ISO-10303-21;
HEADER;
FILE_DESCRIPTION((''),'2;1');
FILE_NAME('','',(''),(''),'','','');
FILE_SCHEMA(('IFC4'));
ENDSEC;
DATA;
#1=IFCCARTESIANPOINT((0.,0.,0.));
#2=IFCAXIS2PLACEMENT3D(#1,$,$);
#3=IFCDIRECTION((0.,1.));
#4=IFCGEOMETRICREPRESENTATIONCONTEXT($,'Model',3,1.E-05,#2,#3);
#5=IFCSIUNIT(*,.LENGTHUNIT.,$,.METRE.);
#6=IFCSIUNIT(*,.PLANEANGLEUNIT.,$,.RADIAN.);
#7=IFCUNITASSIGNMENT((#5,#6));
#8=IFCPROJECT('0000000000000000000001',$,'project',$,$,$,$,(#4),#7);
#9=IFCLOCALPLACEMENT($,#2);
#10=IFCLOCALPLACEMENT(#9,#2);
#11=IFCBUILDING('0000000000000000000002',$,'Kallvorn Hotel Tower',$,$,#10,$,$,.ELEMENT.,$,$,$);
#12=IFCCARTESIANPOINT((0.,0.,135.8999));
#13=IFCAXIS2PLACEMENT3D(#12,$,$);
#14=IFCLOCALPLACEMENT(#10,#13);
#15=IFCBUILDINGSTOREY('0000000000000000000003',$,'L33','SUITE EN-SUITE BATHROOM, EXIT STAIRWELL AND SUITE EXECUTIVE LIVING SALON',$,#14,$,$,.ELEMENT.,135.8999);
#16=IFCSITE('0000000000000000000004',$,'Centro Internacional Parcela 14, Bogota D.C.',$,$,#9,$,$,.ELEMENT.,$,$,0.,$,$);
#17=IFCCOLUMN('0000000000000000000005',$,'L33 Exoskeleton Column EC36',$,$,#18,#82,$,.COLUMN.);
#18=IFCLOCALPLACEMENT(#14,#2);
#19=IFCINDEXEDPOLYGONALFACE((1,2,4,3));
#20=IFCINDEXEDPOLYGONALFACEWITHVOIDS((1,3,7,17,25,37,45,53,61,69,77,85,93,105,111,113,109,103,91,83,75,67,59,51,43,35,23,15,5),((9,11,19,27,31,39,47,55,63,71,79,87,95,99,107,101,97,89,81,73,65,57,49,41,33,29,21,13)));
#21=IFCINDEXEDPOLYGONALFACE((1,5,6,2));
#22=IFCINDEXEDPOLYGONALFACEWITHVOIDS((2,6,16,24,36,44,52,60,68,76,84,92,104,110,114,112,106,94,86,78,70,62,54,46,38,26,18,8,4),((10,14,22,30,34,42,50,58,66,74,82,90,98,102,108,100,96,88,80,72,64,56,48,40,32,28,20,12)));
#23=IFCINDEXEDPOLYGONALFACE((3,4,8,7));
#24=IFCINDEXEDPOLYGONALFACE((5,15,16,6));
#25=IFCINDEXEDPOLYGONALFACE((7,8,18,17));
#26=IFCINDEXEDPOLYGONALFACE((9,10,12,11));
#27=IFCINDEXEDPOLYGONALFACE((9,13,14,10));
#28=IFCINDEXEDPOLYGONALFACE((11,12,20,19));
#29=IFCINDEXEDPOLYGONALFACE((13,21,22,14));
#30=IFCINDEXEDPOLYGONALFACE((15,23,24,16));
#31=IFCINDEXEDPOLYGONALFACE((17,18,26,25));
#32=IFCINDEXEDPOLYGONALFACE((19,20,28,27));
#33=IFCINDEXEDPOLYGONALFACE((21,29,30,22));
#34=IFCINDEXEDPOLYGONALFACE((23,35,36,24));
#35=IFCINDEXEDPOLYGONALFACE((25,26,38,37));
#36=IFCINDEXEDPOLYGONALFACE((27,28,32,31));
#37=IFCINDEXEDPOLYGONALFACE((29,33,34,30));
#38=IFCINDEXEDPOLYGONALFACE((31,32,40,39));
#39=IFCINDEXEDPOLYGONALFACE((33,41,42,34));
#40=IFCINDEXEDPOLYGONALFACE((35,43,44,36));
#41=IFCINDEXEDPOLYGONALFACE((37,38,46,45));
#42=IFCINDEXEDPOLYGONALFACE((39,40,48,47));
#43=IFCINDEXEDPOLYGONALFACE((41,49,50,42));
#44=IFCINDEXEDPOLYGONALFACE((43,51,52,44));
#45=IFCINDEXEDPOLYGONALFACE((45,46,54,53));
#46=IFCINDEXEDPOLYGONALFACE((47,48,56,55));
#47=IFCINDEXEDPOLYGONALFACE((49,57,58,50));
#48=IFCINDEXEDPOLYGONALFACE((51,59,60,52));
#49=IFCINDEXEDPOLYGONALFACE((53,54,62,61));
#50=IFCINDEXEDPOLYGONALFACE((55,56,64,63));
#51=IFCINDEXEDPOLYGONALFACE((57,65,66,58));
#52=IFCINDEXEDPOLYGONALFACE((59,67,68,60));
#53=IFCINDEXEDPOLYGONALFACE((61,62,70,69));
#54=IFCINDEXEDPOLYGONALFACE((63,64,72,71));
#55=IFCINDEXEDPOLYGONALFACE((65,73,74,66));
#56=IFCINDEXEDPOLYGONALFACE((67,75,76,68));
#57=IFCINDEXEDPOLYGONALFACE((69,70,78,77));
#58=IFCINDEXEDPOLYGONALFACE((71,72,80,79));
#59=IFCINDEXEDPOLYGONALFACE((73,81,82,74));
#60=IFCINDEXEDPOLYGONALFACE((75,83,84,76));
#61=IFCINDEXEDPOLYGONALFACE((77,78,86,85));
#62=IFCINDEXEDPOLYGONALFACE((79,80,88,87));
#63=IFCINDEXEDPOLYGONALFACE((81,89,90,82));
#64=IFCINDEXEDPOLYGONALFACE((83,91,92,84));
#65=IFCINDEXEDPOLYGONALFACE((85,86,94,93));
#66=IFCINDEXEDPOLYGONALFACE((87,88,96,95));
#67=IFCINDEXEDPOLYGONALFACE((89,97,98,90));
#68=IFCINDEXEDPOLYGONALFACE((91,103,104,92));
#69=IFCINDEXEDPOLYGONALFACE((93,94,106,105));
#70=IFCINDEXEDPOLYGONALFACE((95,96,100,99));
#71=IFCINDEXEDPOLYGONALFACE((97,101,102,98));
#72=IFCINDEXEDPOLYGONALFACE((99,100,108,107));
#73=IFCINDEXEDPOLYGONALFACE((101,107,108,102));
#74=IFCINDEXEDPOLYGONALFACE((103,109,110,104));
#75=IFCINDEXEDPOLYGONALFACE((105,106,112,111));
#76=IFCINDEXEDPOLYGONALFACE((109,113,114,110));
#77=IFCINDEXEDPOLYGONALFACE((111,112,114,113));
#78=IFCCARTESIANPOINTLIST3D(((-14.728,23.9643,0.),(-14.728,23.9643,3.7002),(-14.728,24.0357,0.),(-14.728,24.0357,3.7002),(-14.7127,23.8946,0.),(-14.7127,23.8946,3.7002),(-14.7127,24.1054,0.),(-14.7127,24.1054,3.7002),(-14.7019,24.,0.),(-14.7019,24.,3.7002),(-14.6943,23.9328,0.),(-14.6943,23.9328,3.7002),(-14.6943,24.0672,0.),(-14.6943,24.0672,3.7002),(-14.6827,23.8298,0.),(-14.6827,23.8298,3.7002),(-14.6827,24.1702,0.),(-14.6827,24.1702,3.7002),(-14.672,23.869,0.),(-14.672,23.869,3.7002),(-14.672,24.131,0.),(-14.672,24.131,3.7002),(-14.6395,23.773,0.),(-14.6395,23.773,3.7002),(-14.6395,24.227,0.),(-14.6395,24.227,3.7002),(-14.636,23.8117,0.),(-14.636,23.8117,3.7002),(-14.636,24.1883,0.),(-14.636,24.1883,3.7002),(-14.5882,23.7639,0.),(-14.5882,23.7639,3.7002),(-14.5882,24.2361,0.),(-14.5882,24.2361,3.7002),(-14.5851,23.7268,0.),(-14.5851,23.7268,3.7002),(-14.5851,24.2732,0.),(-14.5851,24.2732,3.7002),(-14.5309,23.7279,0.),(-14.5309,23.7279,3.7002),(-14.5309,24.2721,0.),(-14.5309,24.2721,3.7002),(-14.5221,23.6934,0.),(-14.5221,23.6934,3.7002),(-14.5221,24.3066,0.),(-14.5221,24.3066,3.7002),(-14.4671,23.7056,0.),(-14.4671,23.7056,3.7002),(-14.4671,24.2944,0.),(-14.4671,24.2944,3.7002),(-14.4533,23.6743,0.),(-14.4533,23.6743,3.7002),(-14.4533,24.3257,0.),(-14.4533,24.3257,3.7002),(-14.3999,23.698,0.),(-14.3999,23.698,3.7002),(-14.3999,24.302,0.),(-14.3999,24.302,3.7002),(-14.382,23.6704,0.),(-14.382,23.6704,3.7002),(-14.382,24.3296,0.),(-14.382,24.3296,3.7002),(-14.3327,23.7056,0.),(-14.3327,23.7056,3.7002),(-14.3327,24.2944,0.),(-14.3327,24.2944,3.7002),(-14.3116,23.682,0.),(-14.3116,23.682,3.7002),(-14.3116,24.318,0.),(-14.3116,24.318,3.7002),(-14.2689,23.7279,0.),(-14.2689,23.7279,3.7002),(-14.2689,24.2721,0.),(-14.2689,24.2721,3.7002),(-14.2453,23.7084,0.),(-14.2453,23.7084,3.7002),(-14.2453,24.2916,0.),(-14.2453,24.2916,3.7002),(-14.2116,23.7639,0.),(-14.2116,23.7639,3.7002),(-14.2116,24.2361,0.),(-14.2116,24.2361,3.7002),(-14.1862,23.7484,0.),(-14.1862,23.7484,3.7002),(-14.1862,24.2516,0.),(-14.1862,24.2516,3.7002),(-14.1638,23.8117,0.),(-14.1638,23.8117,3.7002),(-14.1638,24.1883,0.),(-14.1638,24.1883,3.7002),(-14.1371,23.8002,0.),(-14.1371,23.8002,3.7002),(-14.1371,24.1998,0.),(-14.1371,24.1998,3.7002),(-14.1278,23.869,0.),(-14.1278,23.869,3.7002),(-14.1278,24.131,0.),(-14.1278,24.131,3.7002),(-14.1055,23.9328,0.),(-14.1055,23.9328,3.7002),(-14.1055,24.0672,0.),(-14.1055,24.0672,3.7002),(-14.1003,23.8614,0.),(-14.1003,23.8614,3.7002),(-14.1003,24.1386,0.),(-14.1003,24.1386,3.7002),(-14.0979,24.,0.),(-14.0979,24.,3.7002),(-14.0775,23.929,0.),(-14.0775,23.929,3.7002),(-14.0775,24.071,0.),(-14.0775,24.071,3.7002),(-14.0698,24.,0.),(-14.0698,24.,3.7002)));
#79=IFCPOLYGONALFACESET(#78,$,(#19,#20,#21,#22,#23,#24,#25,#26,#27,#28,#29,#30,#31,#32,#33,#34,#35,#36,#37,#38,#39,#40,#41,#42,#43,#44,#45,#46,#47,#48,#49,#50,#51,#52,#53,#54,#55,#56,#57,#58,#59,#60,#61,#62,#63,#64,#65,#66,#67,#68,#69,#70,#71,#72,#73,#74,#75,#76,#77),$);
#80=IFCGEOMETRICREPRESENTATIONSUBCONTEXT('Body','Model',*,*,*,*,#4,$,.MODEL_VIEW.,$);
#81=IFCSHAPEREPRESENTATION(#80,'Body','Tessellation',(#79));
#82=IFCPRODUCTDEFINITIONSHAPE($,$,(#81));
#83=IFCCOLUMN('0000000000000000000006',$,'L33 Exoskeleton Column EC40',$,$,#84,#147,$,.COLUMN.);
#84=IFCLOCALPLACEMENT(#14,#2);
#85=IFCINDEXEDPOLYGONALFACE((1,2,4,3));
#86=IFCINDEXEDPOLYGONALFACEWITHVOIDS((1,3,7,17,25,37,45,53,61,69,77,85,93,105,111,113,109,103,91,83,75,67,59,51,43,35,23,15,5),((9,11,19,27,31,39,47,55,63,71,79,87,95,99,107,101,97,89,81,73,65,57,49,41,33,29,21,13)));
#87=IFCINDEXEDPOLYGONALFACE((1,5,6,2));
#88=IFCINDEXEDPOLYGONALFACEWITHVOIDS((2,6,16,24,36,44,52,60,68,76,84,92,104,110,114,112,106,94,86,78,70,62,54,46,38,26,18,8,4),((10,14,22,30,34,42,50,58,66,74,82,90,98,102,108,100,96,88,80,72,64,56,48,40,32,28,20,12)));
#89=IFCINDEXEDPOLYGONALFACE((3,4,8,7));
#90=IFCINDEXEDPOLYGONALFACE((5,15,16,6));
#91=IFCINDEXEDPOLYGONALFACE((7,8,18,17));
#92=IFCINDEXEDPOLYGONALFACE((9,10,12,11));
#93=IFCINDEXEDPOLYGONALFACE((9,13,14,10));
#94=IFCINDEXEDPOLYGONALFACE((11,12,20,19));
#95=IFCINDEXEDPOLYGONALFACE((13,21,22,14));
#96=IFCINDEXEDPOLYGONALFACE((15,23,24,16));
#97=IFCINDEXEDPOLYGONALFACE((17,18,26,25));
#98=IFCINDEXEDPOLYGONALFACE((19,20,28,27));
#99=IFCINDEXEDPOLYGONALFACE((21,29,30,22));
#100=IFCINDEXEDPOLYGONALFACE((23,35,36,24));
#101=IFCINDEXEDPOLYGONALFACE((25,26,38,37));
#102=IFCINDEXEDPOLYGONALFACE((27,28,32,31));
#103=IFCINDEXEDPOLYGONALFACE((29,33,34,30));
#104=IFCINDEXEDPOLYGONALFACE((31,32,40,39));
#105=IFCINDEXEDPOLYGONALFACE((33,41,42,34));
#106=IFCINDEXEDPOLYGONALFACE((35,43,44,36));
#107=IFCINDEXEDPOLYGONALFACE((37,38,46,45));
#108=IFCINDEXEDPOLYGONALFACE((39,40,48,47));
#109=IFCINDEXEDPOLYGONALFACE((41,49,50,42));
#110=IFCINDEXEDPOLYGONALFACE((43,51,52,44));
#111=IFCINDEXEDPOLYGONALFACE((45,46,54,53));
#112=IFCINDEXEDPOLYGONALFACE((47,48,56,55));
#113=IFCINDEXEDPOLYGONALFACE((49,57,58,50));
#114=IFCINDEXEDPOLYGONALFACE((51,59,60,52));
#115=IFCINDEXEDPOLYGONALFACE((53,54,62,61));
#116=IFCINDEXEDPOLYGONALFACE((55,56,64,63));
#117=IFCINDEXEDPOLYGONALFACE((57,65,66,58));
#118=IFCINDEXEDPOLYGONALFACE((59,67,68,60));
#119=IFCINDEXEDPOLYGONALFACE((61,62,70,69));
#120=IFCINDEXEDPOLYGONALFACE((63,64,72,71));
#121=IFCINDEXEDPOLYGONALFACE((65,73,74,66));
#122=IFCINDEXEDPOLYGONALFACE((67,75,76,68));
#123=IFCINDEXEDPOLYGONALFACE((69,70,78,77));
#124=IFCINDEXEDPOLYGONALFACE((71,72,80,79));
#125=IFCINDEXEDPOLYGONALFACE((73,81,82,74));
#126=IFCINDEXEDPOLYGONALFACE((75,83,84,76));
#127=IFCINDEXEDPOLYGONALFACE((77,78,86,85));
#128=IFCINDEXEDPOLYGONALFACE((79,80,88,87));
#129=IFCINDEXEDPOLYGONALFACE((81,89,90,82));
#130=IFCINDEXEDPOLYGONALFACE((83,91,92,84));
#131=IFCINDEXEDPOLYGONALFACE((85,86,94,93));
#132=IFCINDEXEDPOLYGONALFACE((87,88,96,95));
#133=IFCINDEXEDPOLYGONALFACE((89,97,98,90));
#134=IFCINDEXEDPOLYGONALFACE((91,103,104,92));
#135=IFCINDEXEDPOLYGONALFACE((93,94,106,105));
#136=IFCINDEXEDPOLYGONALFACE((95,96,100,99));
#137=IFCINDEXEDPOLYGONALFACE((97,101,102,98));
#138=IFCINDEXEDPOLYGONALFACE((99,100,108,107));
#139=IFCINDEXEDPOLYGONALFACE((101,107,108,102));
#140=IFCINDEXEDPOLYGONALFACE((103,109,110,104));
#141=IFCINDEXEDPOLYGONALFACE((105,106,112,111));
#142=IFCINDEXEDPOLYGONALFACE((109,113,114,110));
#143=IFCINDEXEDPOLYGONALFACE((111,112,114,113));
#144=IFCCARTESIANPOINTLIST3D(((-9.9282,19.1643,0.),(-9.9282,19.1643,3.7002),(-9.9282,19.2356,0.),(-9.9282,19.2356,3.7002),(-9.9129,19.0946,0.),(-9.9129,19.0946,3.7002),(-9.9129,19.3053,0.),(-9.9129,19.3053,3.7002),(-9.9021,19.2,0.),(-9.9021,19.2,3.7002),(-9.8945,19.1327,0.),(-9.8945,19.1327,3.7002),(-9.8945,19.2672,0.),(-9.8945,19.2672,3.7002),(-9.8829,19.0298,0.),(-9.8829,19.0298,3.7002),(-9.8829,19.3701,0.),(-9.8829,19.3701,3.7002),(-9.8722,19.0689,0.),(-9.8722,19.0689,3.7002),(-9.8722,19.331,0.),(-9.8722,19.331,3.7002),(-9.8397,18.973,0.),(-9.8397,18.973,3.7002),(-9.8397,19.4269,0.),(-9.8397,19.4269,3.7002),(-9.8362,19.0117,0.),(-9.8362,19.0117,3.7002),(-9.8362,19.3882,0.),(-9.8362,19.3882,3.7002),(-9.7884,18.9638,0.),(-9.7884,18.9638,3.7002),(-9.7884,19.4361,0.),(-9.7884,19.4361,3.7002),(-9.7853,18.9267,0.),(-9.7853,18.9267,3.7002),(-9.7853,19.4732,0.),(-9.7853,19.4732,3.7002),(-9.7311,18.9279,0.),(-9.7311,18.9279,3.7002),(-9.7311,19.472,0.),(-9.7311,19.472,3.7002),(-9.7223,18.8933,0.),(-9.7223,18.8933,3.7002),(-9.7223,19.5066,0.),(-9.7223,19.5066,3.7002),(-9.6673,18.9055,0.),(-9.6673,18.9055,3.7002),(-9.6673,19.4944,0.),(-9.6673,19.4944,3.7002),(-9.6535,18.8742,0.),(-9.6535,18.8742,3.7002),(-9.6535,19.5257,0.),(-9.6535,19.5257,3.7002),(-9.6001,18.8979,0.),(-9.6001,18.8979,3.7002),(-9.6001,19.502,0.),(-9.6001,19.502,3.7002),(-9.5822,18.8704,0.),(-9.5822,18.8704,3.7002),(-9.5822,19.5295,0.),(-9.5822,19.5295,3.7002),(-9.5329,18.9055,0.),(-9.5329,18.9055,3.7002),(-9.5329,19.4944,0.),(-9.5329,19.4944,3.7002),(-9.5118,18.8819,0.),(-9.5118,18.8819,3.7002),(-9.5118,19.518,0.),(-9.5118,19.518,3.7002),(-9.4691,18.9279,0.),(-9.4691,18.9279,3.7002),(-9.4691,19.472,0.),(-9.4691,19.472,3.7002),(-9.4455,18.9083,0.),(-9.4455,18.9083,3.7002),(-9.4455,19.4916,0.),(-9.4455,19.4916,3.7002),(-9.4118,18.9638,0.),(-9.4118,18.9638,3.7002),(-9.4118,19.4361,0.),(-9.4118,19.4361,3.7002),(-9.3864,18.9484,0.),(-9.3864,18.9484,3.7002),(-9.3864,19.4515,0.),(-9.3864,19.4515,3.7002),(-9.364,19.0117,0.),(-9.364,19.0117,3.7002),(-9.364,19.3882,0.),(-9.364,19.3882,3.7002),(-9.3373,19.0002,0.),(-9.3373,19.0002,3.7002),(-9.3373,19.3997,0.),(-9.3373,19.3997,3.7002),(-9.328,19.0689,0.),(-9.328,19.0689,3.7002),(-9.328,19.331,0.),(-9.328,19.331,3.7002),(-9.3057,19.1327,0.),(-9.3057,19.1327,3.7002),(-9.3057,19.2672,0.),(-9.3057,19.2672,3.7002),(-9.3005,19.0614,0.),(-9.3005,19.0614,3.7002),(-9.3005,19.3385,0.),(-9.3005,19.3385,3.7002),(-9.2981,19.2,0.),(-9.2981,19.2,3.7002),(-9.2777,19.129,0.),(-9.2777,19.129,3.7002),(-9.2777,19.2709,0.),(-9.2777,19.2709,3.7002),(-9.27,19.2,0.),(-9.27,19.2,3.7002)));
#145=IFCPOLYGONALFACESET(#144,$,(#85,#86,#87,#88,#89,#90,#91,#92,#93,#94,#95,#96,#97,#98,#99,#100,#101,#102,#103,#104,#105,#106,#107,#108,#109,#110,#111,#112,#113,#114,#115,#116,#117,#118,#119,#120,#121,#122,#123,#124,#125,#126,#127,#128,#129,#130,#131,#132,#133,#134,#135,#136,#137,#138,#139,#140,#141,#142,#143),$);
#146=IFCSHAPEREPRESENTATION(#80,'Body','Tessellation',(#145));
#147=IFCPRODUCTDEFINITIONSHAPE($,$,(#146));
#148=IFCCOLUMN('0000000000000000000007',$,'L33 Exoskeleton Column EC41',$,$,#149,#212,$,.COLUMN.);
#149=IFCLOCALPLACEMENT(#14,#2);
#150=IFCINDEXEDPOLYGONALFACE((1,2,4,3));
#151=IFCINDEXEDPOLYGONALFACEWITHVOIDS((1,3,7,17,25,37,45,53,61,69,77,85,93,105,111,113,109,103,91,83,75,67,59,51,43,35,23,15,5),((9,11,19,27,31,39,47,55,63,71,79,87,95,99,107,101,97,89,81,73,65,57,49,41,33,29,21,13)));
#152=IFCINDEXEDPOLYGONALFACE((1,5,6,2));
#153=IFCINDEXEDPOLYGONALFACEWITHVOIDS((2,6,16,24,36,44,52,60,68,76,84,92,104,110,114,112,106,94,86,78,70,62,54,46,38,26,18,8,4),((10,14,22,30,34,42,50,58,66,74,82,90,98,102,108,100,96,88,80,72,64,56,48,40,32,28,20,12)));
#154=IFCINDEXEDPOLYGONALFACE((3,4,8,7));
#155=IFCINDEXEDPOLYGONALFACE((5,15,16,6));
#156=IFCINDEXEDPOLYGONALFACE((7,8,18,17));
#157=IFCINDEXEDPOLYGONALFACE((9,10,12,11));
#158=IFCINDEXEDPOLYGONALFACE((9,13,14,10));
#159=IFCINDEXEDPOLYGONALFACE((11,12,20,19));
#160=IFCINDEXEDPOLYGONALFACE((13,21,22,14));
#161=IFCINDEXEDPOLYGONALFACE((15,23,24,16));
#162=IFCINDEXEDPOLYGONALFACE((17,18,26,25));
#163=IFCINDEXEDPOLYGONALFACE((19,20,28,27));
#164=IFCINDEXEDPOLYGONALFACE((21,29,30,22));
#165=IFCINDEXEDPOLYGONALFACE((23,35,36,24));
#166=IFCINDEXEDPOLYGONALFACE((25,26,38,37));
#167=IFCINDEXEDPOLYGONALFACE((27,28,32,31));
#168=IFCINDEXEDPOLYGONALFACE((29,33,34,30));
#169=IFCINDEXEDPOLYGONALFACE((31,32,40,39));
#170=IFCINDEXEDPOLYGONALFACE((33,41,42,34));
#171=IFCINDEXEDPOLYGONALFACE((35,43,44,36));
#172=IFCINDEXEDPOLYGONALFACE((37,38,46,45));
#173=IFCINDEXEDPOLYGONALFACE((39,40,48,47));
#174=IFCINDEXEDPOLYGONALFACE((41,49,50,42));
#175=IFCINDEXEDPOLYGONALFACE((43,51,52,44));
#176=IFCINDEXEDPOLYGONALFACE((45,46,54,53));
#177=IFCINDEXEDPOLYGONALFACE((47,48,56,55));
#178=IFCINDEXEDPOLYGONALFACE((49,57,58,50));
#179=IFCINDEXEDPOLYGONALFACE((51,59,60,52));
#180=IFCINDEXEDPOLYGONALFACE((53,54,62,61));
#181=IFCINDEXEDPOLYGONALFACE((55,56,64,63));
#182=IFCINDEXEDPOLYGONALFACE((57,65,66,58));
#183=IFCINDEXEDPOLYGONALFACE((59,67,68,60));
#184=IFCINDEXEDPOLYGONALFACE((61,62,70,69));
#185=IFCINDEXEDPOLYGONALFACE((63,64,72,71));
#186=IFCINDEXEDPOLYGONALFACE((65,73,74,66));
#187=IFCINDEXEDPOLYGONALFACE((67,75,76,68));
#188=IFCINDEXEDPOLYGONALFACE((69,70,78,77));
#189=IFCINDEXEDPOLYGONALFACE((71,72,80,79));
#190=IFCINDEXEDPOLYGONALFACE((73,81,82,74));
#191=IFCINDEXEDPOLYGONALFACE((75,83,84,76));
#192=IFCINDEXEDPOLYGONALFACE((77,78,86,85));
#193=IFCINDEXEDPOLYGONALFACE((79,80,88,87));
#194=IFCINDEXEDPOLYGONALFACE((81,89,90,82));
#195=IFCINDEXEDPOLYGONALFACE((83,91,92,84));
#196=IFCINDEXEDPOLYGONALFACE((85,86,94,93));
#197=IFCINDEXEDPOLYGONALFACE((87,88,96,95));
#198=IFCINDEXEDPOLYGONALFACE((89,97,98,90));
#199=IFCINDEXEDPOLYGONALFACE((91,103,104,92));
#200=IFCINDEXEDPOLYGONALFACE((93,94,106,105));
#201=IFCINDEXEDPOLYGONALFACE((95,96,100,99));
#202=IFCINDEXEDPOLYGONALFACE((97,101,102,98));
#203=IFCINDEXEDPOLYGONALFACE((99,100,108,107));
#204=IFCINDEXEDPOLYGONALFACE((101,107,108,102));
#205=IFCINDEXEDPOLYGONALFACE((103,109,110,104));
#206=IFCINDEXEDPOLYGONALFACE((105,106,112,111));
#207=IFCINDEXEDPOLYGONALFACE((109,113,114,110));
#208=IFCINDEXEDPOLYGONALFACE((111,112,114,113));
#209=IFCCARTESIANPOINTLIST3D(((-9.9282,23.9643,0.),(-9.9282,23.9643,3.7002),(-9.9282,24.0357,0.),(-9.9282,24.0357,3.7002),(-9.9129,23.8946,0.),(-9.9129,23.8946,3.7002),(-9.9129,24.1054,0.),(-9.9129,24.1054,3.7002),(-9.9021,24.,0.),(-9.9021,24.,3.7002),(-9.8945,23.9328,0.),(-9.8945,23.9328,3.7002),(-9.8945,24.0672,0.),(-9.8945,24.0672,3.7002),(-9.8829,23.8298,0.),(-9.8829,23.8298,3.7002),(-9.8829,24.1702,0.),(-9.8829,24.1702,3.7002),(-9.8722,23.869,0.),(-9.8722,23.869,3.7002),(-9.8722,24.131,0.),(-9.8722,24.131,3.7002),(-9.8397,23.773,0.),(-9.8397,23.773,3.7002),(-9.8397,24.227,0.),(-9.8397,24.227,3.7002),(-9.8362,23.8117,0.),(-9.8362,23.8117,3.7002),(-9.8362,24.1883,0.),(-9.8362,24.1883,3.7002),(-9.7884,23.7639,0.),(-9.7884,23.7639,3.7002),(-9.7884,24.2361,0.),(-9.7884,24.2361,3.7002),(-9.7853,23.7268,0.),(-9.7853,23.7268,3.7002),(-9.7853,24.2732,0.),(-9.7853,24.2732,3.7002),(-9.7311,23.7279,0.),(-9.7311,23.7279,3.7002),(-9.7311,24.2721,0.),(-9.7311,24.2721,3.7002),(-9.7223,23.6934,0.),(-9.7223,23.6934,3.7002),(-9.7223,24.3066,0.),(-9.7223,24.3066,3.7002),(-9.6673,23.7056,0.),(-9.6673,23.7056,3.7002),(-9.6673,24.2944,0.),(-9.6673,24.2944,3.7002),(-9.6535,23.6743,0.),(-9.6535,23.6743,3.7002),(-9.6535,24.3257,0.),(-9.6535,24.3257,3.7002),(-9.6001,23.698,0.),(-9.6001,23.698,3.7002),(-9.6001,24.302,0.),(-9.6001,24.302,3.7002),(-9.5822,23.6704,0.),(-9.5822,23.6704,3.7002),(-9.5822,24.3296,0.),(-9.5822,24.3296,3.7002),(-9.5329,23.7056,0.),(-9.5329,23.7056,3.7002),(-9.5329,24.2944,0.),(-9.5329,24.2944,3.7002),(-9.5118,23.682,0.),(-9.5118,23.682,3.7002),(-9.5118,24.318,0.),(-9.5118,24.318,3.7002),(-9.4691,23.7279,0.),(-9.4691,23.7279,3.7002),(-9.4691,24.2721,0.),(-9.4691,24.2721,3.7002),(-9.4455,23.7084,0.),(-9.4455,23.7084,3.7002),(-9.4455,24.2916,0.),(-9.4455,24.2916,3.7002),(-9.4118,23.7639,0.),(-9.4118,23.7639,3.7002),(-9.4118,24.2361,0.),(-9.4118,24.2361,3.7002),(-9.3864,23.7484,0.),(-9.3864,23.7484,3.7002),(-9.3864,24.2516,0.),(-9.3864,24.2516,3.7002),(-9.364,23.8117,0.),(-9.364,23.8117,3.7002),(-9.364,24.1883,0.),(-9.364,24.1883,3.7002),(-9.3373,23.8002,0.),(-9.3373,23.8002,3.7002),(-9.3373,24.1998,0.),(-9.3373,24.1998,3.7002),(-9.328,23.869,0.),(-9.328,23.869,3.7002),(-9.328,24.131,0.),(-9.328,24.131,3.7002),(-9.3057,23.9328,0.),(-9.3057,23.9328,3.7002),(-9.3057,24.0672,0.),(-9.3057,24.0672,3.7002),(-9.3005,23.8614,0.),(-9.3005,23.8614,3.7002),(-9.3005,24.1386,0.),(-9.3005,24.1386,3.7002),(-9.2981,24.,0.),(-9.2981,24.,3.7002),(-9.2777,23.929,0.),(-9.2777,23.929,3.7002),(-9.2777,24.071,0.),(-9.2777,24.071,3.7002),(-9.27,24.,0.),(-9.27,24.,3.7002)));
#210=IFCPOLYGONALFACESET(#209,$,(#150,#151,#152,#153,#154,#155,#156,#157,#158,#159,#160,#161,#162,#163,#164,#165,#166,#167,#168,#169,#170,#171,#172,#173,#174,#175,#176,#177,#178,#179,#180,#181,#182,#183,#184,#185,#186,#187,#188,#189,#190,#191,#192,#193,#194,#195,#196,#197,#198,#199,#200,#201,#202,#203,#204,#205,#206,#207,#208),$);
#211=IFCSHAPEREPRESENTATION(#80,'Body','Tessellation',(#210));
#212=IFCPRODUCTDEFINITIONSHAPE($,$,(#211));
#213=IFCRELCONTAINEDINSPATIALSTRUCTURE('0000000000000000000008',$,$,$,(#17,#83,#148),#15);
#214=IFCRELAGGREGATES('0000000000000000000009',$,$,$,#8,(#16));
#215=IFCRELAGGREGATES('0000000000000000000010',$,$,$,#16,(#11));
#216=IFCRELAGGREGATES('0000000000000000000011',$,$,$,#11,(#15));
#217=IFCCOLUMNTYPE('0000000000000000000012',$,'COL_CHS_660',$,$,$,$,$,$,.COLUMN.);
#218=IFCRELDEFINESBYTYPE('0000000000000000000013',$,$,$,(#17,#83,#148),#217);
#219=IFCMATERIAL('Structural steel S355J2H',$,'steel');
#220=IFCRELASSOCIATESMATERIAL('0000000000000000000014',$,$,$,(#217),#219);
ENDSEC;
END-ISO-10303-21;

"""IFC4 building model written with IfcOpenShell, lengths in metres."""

from ifc_helpers import new_model, si_unit, direction, frame, origin, origin_2d, place, context, subcontext, project, spatial, hollow_circle, extrude, material, material_profile, profile_set, type_object, element, save


model = new_model("IFC4")

# Units and contexts
model_context = context("Model", 3, precision=1e-05, world=origin(), true_north=direction((0.0, 1.0)))
body_context = subcontext(model_context, "Body", "Model", "MODEL_VIEW")
ifc_project = project(units=[si_unit("LENGTHUNIT", "METRE"), si_unit("PLANEANGLEUNIT", "RADIAN")], contexts=[model_context])

# Site, building, storey
site_placement = place(None, origin())
site = spatial("IfcSite", under=ifc_project, at=site_placement, Name="Centro Internacional Parcela 14, Bogota D.C.", CompositionType="ELEMENT", RefElevation=0.0)
building_placement = place(site_placement, origin())
building = spatial("IfcBuilding", under=site, at=building_placement, Name="Kallvorn Hotel Tower", CompositionType="ELEMENT")
storey_placement = place(building_placement, frame((0.0, 0.0, 135.8999)))
storey = spatial("IfcBuildingStorey", under=building, at=storey_placement, Name="L33", Description="SUITE EN-SUITE BATHROOM, EXIT STAIRWELL AND SUITE EXECUTIVE LIVING SALON", CompositionType="ELEMENT", Elevation=135.8999)

# Columns
ifc_material_1 = material(Name="Structural steel S355J2H", Category="steel")
ifc_material_profile_1 = material_profile(ifc_material_1, hollow_circle(Radius=0.3301, WallThickness=0.0281, at=origin_2d()), Name="CHS 660x28")
ifc_profile_set_1 = profile_set([ifc_material_profile_1], Name="Structural steel S355J2H")
column_type_1 = type_object("IfcColumnType", Name="COL_CHS_660", PredefinedType="COLUMN", material=ifc_profile_set_1)
for number, where, z_axis, x_axis, name in (
    (1, (-14.3999, 24.0, 0.0), (0.0, 0.0, 1.0), (1.0, 0.0, 0.0), "L33 Exoskeleton Column EC36"),
    (2, (-9.6001, 19.2, 0.0), (0.0, 0.0, 1.0), (1.0, 0.0, 0.0), "L33 Exoskeleton Column EC40"),
    (3, (-9.6001, 24.0, 0.0), (0.0, 0.0, 1.0), (1.0, 0.0, 0.0), "L33 Exoskeleton Column EC41"),
):
    element("IfcColumn", number, at=place(storey_placement, frame(where, z_axis=z_axis, x_axis=x_axis)), inside=storey, type_object=column_type_1, Name=name, PredefinedType="COLUMN", context=body_context, shape_type="SweptSolid", body=[
        extrude(hollow_circle(Radius=0.3301, WallThickness=0.0281, at=origin_2d()), origin(), (0.0, 0.0, 1.0), 3.7002),
    ])

save(model, "model.ifc")
